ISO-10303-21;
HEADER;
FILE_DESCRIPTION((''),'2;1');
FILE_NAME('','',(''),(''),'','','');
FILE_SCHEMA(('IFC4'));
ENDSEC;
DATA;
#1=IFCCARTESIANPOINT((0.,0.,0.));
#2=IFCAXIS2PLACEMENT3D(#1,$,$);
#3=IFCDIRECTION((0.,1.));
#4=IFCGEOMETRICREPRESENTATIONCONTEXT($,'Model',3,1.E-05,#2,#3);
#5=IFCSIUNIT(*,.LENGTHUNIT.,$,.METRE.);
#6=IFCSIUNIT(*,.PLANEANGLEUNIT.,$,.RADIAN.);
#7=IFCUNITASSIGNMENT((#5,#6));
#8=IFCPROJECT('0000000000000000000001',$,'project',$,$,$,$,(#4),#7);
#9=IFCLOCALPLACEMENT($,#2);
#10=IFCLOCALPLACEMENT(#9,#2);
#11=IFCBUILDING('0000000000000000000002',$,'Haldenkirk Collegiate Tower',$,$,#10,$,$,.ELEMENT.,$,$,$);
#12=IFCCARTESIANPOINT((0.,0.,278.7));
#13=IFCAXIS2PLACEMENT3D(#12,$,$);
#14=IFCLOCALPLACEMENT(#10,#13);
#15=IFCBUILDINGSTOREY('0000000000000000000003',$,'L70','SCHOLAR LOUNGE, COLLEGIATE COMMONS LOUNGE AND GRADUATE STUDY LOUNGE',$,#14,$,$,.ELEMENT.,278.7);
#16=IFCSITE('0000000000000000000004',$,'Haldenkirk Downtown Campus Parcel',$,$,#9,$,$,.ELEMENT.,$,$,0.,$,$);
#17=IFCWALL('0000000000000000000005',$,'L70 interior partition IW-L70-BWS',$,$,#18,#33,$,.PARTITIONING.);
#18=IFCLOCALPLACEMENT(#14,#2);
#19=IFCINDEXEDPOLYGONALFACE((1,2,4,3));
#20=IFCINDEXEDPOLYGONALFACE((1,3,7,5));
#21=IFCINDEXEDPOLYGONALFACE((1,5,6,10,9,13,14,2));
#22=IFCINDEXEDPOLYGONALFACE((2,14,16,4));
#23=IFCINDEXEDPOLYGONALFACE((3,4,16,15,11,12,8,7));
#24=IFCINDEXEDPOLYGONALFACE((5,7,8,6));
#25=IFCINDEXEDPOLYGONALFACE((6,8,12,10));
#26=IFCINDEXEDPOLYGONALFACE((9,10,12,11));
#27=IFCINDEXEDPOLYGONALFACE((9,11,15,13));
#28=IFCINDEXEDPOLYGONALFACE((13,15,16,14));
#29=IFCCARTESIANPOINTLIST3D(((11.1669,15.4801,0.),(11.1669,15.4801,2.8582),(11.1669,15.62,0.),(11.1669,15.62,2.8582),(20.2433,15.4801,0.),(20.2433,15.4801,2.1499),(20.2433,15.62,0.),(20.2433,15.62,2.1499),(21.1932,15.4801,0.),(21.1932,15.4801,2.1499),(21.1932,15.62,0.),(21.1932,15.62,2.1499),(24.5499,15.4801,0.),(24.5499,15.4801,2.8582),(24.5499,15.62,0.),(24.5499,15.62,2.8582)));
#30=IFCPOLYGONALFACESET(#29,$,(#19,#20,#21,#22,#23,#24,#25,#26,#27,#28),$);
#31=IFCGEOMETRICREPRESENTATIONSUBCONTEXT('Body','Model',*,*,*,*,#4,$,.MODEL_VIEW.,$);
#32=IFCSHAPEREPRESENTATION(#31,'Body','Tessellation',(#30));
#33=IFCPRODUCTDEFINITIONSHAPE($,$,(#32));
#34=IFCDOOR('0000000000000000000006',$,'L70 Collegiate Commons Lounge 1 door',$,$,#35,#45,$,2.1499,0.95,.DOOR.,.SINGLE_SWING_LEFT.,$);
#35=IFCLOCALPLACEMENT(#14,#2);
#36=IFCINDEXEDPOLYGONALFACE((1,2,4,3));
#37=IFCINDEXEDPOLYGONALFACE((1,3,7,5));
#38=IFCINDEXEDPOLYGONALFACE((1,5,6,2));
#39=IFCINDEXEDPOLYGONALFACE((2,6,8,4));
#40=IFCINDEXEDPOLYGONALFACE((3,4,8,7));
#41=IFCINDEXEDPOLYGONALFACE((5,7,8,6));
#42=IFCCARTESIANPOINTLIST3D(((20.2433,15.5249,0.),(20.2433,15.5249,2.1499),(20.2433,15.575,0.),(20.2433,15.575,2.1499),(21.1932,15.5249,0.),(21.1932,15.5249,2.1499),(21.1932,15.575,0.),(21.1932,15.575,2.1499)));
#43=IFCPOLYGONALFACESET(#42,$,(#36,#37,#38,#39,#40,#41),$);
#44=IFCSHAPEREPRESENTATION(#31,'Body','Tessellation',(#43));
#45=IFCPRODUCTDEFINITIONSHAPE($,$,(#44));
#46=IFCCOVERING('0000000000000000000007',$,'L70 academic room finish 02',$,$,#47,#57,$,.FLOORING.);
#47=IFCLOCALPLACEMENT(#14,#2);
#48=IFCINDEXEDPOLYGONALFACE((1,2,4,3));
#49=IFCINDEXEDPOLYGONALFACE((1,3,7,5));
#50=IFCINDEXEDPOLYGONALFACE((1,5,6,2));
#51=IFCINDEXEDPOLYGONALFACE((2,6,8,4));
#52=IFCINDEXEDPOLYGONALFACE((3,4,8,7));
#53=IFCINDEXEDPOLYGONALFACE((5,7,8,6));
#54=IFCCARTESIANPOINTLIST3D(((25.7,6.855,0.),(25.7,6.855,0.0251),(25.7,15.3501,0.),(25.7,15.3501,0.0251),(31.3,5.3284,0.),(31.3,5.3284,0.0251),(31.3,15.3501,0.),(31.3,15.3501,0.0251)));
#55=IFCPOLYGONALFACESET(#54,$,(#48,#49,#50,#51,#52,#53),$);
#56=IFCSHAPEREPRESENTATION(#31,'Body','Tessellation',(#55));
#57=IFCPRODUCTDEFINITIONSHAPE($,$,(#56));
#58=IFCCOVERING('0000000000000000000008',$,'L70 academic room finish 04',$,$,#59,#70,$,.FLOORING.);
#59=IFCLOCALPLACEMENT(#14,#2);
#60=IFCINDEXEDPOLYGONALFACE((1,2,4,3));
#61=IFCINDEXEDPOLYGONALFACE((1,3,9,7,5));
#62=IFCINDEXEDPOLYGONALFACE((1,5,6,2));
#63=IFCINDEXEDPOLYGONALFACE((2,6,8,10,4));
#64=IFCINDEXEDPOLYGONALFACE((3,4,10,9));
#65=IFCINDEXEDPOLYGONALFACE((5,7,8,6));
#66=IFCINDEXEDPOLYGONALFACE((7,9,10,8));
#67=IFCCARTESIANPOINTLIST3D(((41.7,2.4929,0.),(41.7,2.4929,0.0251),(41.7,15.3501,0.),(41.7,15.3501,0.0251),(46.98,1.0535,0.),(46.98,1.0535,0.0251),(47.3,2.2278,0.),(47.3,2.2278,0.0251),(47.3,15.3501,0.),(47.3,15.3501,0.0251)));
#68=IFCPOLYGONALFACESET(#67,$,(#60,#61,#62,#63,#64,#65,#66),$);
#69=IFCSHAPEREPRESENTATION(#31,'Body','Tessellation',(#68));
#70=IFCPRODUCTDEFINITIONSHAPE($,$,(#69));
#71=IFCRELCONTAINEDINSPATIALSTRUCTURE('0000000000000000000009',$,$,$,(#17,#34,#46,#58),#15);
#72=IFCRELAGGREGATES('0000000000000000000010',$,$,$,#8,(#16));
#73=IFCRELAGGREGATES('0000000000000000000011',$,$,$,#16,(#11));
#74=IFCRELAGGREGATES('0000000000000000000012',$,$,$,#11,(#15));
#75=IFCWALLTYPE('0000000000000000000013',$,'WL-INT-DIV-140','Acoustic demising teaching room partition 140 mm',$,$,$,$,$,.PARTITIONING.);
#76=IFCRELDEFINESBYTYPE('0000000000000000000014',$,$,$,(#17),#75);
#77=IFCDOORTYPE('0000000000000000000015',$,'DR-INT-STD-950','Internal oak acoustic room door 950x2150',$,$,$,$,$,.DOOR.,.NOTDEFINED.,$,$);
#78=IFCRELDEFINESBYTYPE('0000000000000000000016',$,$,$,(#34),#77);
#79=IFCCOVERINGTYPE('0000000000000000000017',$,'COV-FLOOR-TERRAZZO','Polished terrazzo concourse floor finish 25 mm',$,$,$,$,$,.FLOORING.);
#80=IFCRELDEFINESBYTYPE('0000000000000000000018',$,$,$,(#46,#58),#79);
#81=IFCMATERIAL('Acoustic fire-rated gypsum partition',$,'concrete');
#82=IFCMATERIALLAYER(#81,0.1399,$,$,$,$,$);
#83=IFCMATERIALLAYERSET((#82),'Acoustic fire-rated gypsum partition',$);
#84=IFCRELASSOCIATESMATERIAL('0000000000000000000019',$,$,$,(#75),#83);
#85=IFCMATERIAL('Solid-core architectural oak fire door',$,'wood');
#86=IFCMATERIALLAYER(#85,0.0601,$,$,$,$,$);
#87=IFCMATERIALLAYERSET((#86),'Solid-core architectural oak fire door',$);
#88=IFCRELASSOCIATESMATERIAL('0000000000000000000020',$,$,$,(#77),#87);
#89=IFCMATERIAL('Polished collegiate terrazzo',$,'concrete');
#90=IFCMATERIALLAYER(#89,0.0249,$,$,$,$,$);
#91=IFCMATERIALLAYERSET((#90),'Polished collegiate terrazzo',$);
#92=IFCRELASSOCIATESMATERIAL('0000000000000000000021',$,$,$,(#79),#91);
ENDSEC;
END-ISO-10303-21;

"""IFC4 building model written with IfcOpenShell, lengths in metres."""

from ifc_helpers import new_model, si_unit, direction, frame, frame_2d, origin, place, context, subcontext, project, spatial, polyline, rectangle, outline, extrude, material, layer, layer_set, type_object, element, fill, save


model = new_model("IFC4")

# Units and contexts
model_context = context("Model", 3, precision=1e-05, world=origin(), true_north=direction((0.0, 1.0)))
body_context = subcontext(model_context, "Body", "Model", "MODEL_VIEW")
ifc_project = project(units=[si_unit("LENGTHUNIT", "METRE"), si_unit("PLANEANGLEUNIT", "RADIAN")], contexts=[model_context])

# Site, building, storey
site_placement = place(None, origin())
site = spatial("IfcSite", under=ifc_project, at=site_placement, Name="Haldenkirk Downtown Campus Parcel", CompositionType="ELEMENT", RefElevation=0.0)
building_placement = place(site_placement, origin())
building = spatial("IfcBuilding", under=site, at=building_placement, Name="Haldenkirk Collegiate Tower", CompositionType="ELEMENT")
storey_placement = place(building_placement, frame((0.0, 0.0, 278.7)))
storey = spatial("IfcBuildingStorey", under=building, at=storey_placement, Name="L70", Description="SCHOLAR LOUNGE, COLLEGIATE COMMONS LOUNGE AND GRADUATE STUDY LOUNGE", CompositionType="ELEMENT", Elevation=278.7)

# Wall, opening, door
ifc_material_1 = material(Name="Acoustic fire-rated gypsum partition", Category="concrete")
ifc_layer_1 = layer(ifc_material_1, 0.1399)
ifc_layer_set_1 = layer_set([ifc_layer_1], Name="Acoustic fire-rated gypsum partition")
wall_type_1 = type_object("IfcWallType", Name="WL-INT-DIV-140", Description="Acoustic demising teaching room partition 140 mm", PredefinedType="PARTITIONING", material=ifc_layer_set_1)
wall_1_placement = place(storey_placement, frame((11.167, 15.55, 0.0), z_axis=(0.0, 0.0, 1.0), x_axis=(1.0, 0.0, 0.0)))
wall_1 = element("IfcWall", 1, at=wall_1_placement, inside=storey, type_object=wall_type_1, Name="L70 interior partition IW-L70-BWS", PredefinedType="PARTITIONING", context=body_context, shape_type="SweptSolid", body=[
    extrude(rectangle(XDim=13.3831, YDim=0.1399, at=frame_2d((6.6914, 0.0))), origin(), (0.0, 0.0, 1.0), 2.8582),
])
opening_1_placement = place(wall_1_placement, frame((9.0762, 0.0, 0.0)))
opening_1 = element("IfcOpeningElement", 2, at=opening_1_placement, cuts=wall_1, PredefinedType="OPENING", context=body_context, shape_type="SweptSolid", body=[
    extrude(rectangle(XDim=0.95, YDim=2.1499, at=frame_2d((0.4751, 1.075))), frame((0.0, 0.0798, 0.0), z_axis=(0.0, -1.0, 0.0), x_axis=(1.0, 0.0, 0.0)), (0.0, 0.0, 1.0), 0.1599),
])
ifc_material_2 = material(Name="Solid-core architectural oak fire door", Category="wood")
ifc_layer_2 = layer(ifc_material_2, 0.0601)
ifc_layer_set_2 = layer_set([ifc_layer_2], Name="Solid-core architectural oak fire door")
door_type = type_object("IfcDoorType", Name="DR-INT-STD-950", Description="Internal oak acoustic room door 950x2150", OperationType="NOTDEFINED", PredefinedType="DOOR", material=ifc_layer_set_2)
door_placement = place(opening_1_placement, origin())
door = element("IfcDoor", 3, at=door_placement, inside=storey, type_object=door_type, Name="L70 Collegiate Commons Lounge 1 door", OperationType="SINGLE_SWING_LEFT", OverallHeight=2.1499, OverallWidth=0.95, PredefinedType="DOOR", context=body_context, shape_type="SweptSolid", body=[
    extrude(rectangle(XDim=0.95, YDim=2.1499, at=frame_2d((0.4751, 1.075))), frame((0.0, 0.0249, 0.0), z_axis=(0.0, -1.0, 0.0), x_axis=(1.0, 0.0, 0.0)), (0.0, 0.0, 1.0), 0.05),
])
fill(opening_1, door)

# Coverings
ifc_material_3 = material(Name="Polished collegiate terrazzo", Category="concrete")
ifc_layer_3 = layer(ifc_material_3, 0.0249)
ifc_layer_set_3 = layer_set([ifc_layer_3], Name="Polished collegiate terrazzo")
covering_type_1 = type_object("IfcCoveringType", Name="COV-FLOOR-TERRAZZO", Description="Polished terrazzo concourse floor finish 25 mm", PredefinedType="FLOORING", material=ifc_layer_set_3)
covering_1_placement = place(storey_placement, origin())
element("IfcCovering", 4, at=covering_1_placement, inside=storey, type_object=covering_type_1, Name="L70 academic room finish 02", PredefinedType="FLOORING", context=body_context, shape_type="SweptSolid", body=[
    extrude(outline(polyline([(25.7, 6.855), (25.7, 15.3501), (31.3, 15.3501), (31.3, 5.3284), (25.7, 6.855)])), origin(), (0.0, 0.0, 1.0), 0.0251),
])
covering_2_placement = place(storey_placement, origin())
element("IfcCovering", 5, at=covering_2_placement, inside=storey, type_object=covering_type_1, Name="L70 academic room finish 04", PredefinedType="FLOORING", context=body_context, shape_type="SweptSolid", body=[
    extrude(outline(polyline([(46.98, 1.0535), (41.7, 2.4929), (41.7, 15.3501), (47.3, 15.3501), (47.3, 2.2278), (46.98, 1.0535)])), origin(), (0.0, 0.0, 1.0), 0.0251),
])

save(model, "model.ifc")
